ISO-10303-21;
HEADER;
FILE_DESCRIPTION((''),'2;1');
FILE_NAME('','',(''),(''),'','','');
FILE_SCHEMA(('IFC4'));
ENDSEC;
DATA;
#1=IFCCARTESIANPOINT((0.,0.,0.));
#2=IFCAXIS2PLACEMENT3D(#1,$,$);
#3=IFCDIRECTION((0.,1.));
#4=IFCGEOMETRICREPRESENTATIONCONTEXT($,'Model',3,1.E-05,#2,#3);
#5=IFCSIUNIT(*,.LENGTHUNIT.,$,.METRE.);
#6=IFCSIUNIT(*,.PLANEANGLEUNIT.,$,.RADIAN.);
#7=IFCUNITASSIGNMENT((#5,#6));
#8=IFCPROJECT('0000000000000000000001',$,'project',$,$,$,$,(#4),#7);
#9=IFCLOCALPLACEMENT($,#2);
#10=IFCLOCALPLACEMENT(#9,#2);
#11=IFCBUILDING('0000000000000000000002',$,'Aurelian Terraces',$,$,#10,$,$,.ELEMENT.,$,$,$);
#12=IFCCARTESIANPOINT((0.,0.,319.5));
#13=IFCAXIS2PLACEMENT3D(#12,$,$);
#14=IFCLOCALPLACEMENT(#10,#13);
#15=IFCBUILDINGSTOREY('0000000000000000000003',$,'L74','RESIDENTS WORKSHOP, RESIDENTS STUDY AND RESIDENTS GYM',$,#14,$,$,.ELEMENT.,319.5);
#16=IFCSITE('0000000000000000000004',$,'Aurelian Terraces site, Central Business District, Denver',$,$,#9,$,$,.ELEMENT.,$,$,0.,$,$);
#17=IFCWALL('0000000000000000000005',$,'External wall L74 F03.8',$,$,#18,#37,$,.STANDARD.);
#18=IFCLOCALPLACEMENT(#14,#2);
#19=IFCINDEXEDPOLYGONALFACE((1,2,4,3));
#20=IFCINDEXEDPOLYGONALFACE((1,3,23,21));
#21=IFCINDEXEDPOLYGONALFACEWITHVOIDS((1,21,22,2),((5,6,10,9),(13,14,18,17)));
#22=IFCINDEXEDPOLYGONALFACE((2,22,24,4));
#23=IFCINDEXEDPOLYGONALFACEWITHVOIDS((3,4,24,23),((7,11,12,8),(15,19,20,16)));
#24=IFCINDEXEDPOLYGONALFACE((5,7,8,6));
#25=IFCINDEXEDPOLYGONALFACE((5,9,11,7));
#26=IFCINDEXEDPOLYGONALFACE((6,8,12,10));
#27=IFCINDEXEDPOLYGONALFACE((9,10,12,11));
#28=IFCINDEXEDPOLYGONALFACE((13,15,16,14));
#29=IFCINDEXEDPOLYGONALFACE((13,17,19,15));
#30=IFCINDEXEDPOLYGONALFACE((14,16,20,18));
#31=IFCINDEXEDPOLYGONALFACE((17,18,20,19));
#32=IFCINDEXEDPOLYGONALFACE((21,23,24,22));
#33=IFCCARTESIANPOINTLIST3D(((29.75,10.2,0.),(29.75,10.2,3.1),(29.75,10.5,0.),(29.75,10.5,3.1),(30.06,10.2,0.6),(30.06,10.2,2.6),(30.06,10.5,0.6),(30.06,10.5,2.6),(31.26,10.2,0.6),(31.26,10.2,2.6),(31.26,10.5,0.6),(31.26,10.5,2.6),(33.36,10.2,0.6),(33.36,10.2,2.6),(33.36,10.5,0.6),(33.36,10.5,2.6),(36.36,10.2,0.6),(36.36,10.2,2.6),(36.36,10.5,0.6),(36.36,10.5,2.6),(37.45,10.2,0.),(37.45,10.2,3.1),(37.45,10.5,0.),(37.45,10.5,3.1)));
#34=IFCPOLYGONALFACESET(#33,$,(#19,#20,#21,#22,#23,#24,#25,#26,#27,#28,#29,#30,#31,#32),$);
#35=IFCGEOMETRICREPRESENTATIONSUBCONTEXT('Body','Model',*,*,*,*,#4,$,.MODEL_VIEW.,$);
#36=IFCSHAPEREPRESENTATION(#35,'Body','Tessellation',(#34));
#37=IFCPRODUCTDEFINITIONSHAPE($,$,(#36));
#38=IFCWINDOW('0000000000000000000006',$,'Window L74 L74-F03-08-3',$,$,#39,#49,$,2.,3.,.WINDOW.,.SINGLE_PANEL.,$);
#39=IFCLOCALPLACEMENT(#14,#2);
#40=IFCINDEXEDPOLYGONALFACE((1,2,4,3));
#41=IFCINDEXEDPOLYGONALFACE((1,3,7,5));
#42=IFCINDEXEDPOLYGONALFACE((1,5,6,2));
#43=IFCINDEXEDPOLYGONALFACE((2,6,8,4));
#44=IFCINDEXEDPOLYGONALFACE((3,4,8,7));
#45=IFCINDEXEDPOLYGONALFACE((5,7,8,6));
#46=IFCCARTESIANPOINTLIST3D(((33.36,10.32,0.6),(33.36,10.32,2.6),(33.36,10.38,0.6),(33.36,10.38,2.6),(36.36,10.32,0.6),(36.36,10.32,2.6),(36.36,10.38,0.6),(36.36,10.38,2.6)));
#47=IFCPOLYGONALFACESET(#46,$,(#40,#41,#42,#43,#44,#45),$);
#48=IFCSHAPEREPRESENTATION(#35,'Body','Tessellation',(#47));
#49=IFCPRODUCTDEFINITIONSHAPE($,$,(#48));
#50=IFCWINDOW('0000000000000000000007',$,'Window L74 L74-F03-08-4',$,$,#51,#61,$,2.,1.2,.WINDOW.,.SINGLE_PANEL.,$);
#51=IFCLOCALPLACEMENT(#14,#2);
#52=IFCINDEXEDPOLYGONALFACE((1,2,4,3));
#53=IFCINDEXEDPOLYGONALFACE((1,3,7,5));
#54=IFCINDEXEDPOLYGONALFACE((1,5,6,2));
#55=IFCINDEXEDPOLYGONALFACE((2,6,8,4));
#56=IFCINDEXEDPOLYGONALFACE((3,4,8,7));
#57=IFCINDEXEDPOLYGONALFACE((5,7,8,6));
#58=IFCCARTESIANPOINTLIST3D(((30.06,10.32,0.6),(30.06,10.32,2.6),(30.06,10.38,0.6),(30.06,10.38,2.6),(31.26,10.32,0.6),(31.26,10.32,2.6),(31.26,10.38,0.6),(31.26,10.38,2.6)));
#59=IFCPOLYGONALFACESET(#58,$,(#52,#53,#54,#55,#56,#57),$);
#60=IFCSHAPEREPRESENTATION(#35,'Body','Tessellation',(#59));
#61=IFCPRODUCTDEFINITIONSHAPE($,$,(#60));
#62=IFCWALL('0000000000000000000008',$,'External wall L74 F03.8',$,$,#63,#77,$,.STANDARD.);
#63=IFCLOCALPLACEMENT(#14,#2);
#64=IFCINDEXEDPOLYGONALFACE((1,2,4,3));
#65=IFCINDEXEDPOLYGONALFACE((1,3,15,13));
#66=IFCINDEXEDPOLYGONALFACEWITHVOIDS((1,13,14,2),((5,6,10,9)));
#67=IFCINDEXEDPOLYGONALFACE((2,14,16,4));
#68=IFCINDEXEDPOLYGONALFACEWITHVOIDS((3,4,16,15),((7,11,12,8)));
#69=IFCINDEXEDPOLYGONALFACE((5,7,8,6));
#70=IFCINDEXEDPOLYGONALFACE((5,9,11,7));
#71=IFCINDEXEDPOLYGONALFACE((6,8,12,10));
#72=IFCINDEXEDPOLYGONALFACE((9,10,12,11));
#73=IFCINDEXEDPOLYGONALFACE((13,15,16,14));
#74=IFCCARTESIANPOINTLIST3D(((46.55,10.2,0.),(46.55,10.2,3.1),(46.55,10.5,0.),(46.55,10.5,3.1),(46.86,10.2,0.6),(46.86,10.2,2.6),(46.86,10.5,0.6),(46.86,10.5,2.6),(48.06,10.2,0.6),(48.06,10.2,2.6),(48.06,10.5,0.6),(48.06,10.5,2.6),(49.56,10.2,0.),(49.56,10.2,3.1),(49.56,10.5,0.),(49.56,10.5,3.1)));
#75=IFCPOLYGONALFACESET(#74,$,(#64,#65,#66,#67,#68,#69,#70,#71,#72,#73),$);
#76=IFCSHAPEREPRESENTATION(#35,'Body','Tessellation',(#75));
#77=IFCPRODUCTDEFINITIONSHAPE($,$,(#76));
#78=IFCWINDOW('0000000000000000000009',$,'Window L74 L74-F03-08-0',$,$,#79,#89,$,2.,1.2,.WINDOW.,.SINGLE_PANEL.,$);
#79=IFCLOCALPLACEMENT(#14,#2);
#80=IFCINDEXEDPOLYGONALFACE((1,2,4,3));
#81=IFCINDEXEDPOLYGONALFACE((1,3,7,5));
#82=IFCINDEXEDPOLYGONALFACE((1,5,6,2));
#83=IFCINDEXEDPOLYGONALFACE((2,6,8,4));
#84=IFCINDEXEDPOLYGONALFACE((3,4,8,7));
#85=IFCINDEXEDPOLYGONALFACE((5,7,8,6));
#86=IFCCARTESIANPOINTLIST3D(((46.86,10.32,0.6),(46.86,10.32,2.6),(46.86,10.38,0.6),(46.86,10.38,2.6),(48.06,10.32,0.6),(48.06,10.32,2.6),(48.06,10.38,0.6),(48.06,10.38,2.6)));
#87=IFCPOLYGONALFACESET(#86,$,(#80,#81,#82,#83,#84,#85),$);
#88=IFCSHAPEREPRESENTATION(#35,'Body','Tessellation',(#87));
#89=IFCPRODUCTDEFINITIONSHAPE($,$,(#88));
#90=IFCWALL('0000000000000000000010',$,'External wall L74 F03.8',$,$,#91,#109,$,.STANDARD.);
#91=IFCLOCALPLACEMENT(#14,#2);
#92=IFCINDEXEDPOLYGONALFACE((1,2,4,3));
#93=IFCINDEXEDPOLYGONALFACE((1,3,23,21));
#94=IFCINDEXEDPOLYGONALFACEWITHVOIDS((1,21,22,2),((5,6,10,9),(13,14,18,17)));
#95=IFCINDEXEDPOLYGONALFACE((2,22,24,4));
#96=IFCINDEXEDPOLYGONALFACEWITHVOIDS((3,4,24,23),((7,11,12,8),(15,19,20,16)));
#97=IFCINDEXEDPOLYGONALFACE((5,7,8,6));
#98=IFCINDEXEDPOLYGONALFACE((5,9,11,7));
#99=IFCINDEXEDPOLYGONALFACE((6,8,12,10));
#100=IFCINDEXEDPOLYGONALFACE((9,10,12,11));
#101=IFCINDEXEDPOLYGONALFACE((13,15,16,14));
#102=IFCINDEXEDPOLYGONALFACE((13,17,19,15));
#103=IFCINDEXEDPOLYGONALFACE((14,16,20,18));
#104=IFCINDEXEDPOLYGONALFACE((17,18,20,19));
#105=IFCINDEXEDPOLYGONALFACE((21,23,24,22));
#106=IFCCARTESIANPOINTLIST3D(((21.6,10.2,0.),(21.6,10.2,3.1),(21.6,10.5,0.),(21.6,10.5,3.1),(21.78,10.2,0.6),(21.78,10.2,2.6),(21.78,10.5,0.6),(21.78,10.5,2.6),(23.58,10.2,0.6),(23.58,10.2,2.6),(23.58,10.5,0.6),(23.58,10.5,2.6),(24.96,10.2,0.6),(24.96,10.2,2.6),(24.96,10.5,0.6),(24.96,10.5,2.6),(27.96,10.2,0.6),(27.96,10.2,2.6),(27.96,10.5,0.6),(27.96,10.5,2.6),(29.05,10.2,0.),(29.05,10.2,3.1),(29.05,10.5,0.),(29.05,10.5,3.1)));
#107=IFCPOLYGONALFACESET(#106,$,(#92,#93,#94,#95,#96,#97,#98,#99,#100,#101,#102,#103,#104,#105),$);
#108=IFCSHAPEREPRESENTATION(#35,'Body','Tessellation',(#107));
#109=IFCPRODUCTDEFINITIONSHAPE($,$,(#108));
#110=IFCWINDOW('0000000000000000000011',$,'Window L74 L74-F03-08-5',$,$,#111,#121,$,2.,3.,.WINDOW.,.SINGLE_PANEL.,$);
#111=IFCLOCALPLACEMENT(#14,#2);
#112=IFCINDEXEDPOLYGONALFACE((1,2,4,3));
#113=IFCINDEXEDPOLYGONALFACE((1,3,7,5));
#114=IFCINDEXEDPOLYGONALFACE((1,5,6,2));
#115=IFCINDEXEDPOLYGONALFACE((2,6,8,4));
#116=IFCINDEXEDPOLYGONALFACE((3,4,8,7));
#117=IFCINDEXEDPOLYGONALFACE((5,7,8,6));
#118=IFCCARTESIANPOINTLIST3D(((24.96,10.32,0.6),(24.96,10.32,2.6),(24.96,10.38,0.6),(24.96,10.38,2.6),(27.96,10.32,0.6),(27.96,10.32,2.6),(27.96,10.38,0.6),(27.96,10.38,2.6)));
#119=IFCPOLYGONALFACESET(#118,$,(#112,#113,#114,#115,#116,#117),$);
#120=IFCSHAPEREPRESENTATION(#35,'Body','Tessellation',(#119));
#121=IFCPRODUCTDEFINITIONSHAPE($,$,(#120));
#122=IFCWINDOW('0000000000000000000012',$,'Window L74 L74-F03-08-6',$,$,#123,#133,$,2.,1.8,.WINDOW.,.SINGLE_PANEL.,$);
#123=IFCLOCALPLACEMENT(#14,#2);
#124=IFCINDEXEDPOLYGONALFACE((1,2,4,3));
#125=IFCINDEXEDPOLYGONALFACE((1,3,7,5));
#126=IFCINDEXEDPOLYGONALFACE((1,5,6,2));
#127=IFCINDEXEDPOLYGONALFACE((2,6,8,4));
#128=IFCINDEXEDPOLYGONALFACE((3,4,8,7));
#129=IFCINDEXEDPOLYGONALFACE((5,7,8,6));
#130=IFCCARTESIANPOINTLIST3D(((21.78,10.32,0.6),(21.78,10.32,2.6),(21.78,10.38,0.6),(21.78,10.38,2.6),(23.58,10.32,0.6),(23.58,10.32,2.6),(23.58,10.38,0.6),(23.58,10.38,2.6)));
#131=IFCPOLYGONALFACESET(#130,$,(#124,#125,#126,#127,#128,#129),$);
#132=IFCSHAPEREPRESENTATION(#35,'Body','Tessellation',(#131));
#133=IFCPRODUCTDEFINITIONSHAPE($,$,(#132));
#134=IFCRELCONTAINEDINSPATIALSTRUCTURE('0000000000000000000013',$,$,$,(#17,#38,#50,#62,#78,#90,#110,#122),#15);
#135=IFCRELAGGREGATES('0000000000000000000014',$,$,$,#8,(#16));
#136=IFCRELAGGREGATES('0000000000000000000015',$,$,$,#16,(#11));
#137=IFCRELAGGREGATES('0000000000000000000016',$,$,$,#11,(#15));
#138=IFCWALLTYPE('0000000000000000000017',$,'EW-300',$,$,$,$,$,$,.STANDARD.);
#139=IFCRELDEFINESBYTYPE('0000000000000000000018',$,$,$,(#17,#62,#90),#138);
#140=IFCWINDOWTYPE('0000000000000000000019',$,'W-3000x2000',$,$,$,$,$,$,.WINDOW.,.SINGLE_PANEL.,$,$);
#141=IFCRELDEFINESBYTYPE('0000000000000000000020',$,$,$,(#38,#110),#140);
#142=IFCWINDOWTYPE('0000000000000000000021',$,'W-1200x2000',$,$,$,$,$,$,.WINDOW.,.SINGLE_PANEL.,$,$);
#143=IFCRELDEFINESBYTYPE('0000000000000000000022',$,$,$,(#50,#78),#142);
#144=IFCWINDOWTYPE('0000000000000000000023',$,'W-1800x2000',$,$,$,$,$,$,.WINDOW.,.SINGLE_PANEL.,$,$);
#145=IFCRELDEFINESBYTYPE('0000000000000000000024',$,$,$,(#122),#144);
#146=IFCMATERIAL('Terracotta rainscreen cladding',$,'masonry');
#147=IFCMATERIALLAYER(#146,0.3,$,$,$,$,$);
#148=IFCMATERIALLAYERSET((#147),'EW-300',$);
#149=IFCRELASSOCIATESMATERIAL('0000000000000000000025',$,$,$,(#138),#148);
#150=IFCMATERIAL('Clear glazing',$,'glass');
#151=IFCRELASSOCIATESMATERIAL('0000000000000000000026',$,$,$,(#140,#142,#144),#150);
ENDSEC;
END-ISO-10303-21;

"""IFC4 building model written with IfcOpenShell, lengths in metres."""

from ifc_helpers import new_model, si_unit, direction, frame, frame_2d, origin, place, context, subcontext, project, spatial, rectangle, extrude, source, transform, mapped, material, layer, layer_set, type_object, element, fill, save


model = new_model("IFC4")

# Units and contexts
model_context = context("Model", 3, precision=1e-05, world=origin(), true_north=direction((0.0, 1.0)))
body_context = subcontext(model_context, "Body", "Model", "MODEL_VIEW")
ifc_project = project(units=[si_unit("LENGTHUNIT", "METRE"), si_unit("PLANEANGLEUNIT", "RADIAN")], contexts=[model_context])

# Site, building, storey
site_placement = place(None, origin())
site = spatial("IfcSite", under=ifc_project, at=site_placement, Name="Aurelian Terraces site, Central Business District, Denver", CompositionType="ELEMENT", RefElevation=0.0)
building_placement = place(site_placement, origin())
building = spatial("IfcBuilding", under=site, at=building_placement, Name="Aurelian Terraces", CompositionType="ELEMENT")
storey_placement = place(building_placement, frame((0.0, 0.0, 319.5)))
storey = spatial("IfcBuildingStorey", under=building, at=storey_placement, Name="L74", Description="RESIDENTS WORKSHOP, RESIDENTS STUDY AND RESIDENTS GYM", CompositionType="ELEMENT", Elevation=319.5)

# Wall, openings, windows
ifc_material_1 = material(Name="Terracotta rainscreen cladding", Category="masonry")
ifc_layer_1 = layer(ifc_material_1, 0.3)
ifc_layer_set_1 = layer_set([ifc_layer_1], Name="EW-300")
wall_type_1 = type_object("IfcWallType", Name="EW-300", PredefinedType="STANDARD", material=ifc_layer_set_1)
shared_shape_1 = source(origin(), body_context, "Body", "SweptSolid", [
    extrude(rectangle(XDim=7.7, YDim=0.3, at=frame_2d((3.85, 0.0))), origin(), (0.0, 0.0, 1.0), 3.1),
])
shared_shape_2 = source(origin(), body_context, "Body", "SweptSolid", [
    extrude(rectangle(XDim=3.0, YDim=2.0, at=frame_2d((1.5, 1.0))), frame((0.0, 0.16, 0.0), z_axis=(0.0, -1.0, 0.0), x_axis=(1.0, 0.0, 0.0)), (0.0, 0.0, 1.0), 0.32),
])
shared_shape_3 = source(origin(), body_context, "Body", "SweptSolid", [
    extrude(rectangle(XDim=1.2, YDim=2.0, at=frame_2d((0.6, 1.0))), frame((0.0, 0.16, 0.0), z_axis=(0.0, -1.0, 0.0), x_axis=(1.0, 0.0, 0.0)), (0.0, 0.0, 1.0), 0.32),
])
ifc_material_2 = material(Name="Clear glazing", Category="glass")
window_type_1 = type_object("IfcWindowType", Name="W-3000x2000", PartitioningType="SINGLE_PANEL", PredefinedType="WINDOW", material=ifc_material_2)
shared_shape_4 = source(origin(), body_context, "Body", "SweptSolid", [
    extrude(rectangle(XDim=3.0, YDim=2.0, at=frame_2d((1.5, 1.0))), frame((0.0, 0.03, 0.0), z_axis=(0.0, -1.0, 0.0), x_axis=(1.0, 0.0, 0.0)), (0.0, 0.0, 1.0), 0.06),
])
window_type_2 = type_object("IfcWindowType", Name="W-1200x2000", PartitioningType="SINGLE_PANEL", PredefinedType="WINDOW", material=ifc_material_2)
shared_shape_5 = source(origin(), body_context, "Body", "SweptSolid", [
    extrude(rectangle(XDim=1.2, YDim=2.0, at=frame_2d((0.6, 1.0))), frame((0.0, 0.03, 0.0), z_axis=(0.0, -1.0, 0.0), x_axis=(1.0, 0.0, 0.0)), (0.0, 0.0, 1.0), 0.06),
])
wall_1_placement = place(storey_placement, frame((37.45, 10.35, 0.0), z_axis=(0.0, 0.0, 1.0), x_axis=(-1.0, 0.0, 0.0)))
wall_1 = element("IfcWall", 1, at=wall_1_placement, inside=storey, type_object=wall_type_1, Name="External wall L74 F03.8", PredefinedType="STANDARD", context=body_context, shape_type="MappedRepresentation", body=[
    mapped(shared_shape_1, transform((0.0, 0.0, 0.0), scale=1.0)),
])
opening_1_placement = place(wall_1_placement, frame((1.09, 0.0, 0.6)))
opening_1 = element("IfcOpeningElement", 2, at=opening_1_placement, cuts=wall_1, PredefinedType="OPENING", context=body_context, shape_type="MappedRepresentation", body=[
    mapped(shared_shape_2, transform((0.0, 0.0, 0.0), scale=1.0)),
])
opening_2_placement = place(wall_1_placement, frame((6.19, 0.0, 0.6)))
opening_2 = element("IfcOpeningElement", 3, at=opening_2_placement, cuts=wall_1, PredefinedType="OPENING", context=body_context, shape_type="MappedRepresentation", body=[
    mapped(shared_shape_3, transform((0.0, 0.0, 0.0), scale=1.0)),
])
window_1_placement = place(opening_1_placement, origin())
window_1 = element("IfcWindow", 4, at=window_1_placement, inside=storey, type_object=window_type_1, Name="Window L74 L74-F03-08-3", OverallHeight=2.0, OverallWidth=3.0, PartitioningType="SINGLE_PANEL", PredefinedType="WINDOW", context=body_context, shape_type="MappedRepresentation", body=[
    mapped(shared_shape_4, transform((0.0, 0.0, 0.0), scale=1.0)),
])
fill(opening_1, window_1)
window_2_placement = place(opening_2_placement, origin())
window_2 = element("IfcWindow", 5, at=window_2_placement, inside=storey, type_object=window_type_2, Name="Window L74 L74-F03-08-4", OverallHeight=2.0, OverallWidth=1.2, PartitioningType="SINGLE_PANEL", PredefinedType="WINDOW", context=body_context, shape_type="MappedRepresentation", body=[
    mapped(shared_shape_5, transform((0.0, 0.0, 0.0), scale=1.0)),
])
fill(opening_2, window_2)

# Wall, opening, window
shared_shape_6 = source(origin(), body_context, "Body", "SweptSolid", [
    extrude(rectangle(XDim=3.01, YDim=0.3, at=frame_2d((1.505, 0.0))), origin(), (0.0, 0.0, 1.0), 3.1),
])
wall_2_placement = place(storey_placement, frame((49.56, 10.35, 0.0), z_axis=(0.0, 0.0, 1.0), x_axis=(-1.0, 0.0, 0.0)))
wall_2 = element("IfcWall", 6, at=wall_2_placement, inside=storey, type_object=wall_type_1, Name="External wall L74 F03.8", PredefinedType="STANDARD", context=body_context, shape_type="MappedRepresentation", body=[
    mapped(shared_shape_6, transform((0.0, 0.0, 0.0), scale=1.0)),
])
opening_3_placement = place(wall_2_placement, frame((1.5, 0.0, 0.6)))
opening_3 = element("IfcOpeningElement", 7, at=opening_3_placement, cuts=wall_2, PredefinedType="OPENING", context=body_context, shape_type="MappedRepresentation", body=[
    mapped(shared_shape_3, transform((0.0, 0.0, 0.0), scale=1.0)),
])
window_3_placement = place(opening_3_placement, origin())
window_3 = element("IfcWindow", 8, at=window_3_placement, inside=storey, type_object=window_type_2, Name="Window L74 L74-F03-08-0", OverallHeight=2.0, OverallWidth=1.2, PartitioningType="SINGLE_PANEL", PredefinedType="WINDOW", context=body_context, shape_type="MappedRepresentation", body=[
    mapped(shared_shape_5, transform((0.0, 0.0, 0.0), scale=1.0)),
])
fill(opening_3, window_3)

# Wall, openings, windows
shared_shape_7 = source(origin(), body_context, "Body", "SweptSolid", [
    extrude(rectangle(XDim=7.45, YDim=0.3, at=frame_2d((3.725, 0.0))), origin(), (0.0, 0.0, 1.0), 3.1),
])
wall_3_placement = place(storey_placement, frame((29.05, 10.35, 0.0), z_axis=(0.0, 0.0, 1.0), x_axis=(-1.0, 0.0, 0.0)))
wall_3 = element("IfcWall", 9, at=wall_3_placement, inside=storey, type_object=wall_type_1, Name="External wall L74 F03.8", PredefinedType="STANDARD", context=body_context, shape_type="MappedRepresentation", body=[
    mapped(shared_shape_7, transform((0.0, 0.0, 0.0), scale=1.0)),
])
opening_4_placement = place(wall_3_placement, frame((1.09, 0.0, 0.6)))
opening_4 = element("IfcOpeningElement", 10, at=opening_4_placement, cuts=wall_3, PredefinedType="OPENING", context=body_context, shape_type="MappedRepresentation", body=[
    mapped(shared_shape_2, transform((0.0, 0.0, 0.0), scale=1.0)),
])
shared_shape_8 = source(origin(), body_context, "Body", "SweptSolid", [
    extrude(rectangle(XDim=1.8, YDim=2.0, at=frame_2d((0.9, 1.0))), frame((0.0, 0.16, 0.0), z_axis=(0.0, -1.0, 0.0), x_axis=(1.0, 0.0, 0.0)), (0.0, 0.0, 1.0), 0.32),
])
opening_5_placement = place(wall_3_placement, frame((5.47, 0.0, 0.6)))
opening_5 = element("IfcOpeningElement", 11, at=opening_5_placement, cuts=wall_3, PredefinedType="OPENING", context=body_context, shape_type="MappedRepresentation", body=[
    mapped(shared_shape_8, transform((0.0, 0.0, 0.0), scale=1.0)),
])
window_4_placement = place(opening_4_placement, origin())
window_4 = element("IfcWindow", 12, at=window_4_placement, inside=storey, type_object=window_type_1, Name="Window L74 L74-F03-08-5", OverallHeight=2.0, OverallWidth=3.0, PartitioningType="SINGLE_PANEL", PredefinedType="WINDOW", context=body_context, shape_type="MappedRepresentation", body=[
    mapped(shared_shape_4, transform((0.0, 0.0, 0.0), scale=1.0)),
])
fill(opening_4, window_4)
window_type_3 = type_object("IfcWindowType", Name="W-1800x2000", PartitioningType="SINGLE_PANEL", PredefinedType="WINDOW", material=ifc_material_2)
shared_shape_9 = source(origin(), body_context, "Body", "SweptSolid", [
    extrude(rectangle(XDim=1.8, YDim=2.0, at=frame_2d((0.9, 1.0))), frame((0.0, 0.03, 0.0), z_axis=(0.0, -1.0, 0.0), x_axis=(1.0, 0.0, 0.0)), (0.0, 0.0, 1.0), 0.06),
])
window_5_placement = place(opening_5_placement, origin())
window_5 = element("IfcWindow", 13, at=window_5_placement, inside=storey, type_object=window_type_3, Name="Window L74 L74-F03-08-6", OverallHeight=2.0, OverallWidth=1.8, PartitioningType="SINGLE_PANEL", PredefinedType="WINDOW", context=body_context, shape_type="MappedRepresentation", body=[
    mapped(shared_shape_9, transform((0.0, 0.0, 0.0), scale=1.0)),
])
fill(opening_5, window_5)

save(model, "model.ifc")
